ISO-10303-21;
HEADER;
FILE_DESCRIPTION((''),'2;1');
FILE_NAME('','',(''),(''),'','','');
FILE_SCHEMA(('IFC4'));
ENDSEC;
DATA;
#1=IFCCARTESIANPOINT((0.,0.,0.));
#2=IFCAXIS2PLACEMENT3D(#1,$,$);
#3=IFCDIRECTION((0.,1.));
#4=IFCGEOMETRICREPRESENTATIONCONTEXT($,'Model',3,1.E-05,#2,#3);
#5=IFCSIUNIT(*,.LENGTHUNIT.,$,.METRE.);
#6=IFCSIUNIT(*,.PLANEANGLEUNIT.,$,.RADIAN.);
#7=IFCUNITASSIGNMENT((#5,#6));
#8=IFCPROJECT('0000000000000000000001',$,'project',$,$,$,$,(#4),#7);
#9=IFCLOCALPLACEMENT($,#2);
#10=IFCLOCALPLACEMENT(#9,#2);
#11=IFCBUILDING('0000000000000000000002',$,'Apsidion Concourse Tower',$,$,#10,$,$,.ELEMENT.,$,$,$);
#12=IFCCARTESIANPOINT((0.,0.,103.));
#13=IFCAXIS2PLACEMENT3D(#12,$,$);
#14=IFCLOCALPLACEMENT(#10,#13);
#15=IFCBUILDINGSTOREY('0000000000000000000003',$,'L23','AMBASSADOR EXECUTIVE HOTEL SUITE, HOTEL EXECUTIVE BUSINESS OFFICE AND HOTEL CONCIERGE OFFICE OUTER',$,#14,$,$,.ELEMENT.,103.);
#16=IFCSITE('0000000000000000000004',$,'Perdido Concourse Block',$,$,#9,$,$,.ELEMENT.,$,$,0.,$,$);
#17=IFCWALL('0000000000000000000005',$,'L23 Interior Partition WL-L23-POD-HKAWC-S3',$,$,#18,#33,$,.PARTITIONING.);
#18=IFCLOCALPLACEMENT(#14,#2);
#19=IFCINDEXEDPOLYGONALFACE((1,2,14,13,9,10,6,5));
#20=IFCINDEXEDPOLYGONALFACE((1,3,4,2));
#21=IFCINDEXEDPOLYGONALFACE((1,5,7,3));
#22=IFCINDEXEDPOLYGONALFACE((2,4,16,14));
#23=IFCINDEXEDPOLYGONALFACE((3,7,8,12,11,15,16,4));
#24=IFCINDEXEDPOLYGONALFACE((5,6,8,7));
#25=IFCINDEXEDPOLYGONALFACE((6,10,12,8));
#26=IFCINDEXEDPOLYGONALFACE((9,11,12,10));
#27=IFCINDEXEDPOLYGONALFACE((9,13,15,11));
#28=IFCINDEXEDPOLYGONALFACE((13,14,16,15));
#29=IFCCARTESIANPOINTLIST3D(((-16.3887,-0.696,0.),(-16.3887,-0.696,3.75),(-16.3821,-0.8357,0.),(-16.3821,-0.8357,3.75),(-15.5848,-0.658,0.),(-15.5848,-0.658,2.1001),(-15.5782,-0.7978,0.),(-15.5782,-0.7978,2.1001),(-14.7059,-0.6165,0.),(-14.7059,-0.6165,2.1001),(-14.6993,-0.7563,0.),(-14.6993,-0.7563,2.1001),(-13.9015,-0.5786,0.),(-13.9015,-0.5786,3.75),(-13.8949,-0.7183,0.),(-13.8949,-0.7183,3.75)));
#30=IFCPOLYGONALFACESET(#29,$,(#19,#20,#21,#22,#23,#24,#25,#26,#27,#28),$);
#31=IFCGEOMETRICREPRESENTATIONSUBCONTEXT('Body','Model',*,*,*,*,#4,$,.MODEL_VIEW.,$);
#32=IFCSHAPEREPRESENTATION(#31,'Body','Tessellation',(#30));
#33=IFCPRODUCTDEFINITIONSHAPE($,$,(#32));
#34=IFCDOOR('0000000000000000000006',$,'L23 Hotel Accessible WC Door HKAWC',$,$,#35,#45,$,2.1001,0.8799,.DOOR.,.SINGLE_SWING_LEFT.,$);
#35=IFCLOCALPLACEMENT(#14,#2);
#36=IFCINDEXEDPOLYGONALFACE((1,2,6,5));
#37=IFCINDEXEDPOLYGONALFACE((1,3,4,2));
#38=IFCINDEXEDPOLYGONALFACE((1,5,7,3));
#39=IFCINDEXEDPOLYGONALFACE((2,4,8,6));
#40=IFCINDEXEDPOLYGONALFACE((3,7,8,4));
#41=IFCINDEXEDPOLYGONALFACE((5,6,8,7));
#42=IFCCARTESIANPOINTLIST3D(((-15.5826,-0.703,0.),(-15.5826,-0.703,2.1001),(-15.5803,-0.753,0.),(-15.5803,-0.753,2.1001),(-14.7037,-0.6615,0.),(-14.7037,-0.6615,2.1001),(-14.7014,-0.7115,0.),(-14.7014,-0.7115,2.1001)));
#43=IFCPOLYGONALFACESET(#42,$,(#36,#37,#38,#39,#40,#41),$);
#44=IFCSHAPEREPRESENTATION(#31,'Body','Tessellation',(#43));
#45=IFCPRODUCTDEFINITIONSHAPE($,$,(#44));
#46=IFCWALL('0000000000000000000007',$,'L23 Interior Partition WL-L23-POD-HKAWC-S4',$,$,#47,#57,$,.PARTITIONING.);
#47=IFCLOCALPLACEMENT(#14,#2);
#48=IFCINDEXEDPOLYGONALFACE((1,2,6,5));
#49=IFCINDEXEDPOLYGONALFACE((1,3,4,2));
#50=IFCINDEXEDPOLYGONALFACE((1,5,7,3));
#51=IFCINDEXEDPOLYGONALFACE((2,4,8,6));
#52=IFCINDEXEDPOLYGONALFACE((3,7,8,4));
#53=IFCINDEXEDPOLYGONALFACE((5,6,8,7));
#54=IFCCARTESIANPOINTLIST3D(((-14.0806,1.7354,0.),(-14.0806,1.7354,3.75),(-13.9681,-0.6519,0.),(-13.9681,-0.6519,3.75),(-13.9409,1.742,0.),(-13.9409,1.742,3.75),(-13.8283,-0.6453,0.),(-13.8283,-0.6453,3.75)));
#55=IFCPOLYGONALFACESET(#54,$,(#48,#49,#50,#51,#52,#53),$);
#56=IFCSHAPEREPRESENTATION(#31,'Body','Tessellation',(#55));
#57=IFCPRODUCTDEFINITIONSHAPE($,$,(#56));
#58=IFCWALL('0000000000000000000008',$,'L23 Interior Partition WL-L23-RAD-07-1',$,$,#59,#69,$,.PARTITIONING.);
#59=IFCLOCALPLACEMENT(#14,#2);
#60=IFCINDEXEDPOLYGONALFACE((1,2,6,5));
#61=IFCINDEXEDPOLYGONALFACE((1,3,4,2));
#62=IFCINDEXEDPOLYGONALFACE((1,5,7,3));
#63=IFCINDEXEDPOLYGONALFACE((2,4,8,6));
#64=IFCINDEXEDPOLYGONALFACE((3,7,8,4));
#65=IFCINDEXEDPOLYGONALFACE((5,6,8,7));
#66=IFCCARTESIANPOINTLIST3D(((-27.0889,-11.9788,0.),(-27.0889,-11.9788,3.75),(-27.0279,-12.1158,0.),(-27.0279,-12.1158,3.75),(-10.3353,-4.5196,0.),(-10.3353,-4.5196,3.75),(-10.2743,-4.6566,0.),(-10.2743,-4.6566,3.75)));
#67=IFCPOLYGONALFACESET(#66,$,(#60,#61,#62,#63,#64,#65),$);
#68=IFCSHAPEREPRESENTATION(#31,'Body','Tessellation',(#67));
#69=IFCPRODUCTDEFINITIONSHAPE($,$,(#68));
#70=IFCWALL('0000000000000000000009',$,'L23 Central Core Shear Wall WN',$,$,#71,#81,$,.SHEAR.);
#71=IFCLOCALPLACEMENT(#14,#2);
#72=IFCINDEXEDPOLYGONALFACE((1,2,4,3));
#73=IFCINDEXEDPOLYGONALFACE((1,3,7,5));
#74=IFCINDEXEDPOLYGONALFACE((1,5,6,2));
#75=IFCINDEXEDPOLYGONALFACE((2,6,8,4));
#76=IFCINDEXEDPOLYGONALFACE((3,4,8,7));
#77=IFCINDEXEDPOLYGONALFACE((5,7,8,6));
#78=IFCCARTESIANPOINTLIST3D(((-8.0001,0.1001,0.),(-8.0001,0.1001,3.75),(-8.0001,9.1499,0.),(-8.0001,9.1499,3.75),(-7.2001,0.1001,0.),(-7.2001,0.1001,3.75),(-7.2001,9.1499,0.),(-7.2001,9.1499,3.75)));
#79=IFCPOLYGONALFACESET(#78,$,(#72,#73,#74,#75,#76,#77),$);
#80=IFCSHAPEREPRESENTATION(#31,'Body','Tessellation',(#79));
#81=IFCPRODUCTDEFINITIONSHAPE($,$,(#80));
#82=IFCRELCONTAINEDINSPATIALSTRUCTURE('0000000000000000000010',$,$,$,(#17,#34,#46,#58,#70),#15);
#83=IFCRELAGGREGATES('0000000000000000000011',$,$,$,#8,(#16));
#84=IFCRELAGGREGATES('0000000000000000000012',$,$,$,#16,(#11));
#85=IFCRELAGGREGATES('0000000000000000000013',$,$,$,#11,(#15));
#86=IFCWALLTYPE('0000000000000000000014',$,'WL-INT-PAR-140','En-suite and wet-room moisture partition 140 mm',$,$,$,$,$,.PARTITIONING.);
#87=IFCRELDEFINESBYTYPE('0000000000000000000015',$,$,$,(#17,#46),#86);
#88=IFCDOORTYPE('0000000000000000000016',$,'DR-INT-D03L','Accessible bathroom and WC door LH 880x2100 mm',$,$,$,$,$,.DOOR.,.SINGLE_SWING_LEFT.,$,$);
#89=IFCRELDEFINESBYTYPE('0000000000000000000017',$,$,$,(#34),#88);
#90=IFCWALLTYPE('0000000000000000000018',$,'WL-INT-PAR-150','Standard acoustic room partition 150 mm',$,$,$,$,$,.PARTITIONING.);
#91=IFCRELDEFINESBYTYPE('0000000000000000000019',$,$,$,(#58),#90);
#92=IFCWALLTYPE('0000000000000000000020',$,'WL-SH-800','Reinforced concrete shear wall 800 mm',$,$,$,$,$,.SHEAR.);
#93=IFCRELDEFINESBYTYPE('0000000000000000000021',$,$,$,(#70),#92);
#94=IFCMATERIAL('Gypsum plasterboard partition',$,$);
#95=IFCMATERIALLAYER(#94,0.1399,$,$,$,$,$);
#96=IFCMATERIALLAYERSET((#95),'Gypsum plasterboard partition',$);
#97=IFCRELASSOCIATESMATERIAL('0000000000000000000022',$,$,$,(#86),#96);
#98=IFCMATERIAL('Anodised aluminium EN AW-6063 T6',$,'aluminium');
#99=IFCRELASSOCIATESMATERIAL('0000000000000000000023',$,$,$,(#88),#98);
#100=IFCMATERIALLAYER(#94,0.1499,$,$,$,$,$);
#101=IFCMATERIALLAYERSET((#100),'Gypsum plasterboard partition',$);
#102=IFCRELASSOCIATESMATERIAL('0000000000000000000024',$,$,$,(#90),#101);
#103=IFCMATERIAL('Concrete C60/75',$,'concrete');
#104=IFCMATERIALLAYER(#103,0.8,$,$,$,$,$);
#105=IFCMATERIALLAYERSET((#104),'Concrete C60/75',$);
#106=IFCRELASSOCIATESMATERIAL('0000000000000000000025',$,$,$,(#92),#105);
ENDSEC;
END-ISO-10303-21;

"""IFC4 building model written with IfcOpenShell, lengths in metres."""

from ifc_helpers import new_model, si_unit, direction, frame, frame_2d, origin, place, context, subcontext, project, spatial, rectangle, extrude, material, layer, layer_set, type_object, element, fill, save


model = new_model("IFC4")

# Units and contexts
model_context = context("Model", 3, precision=1e-05, world=origin(), true_north=direction((0.0, 1.0)))
body_context = subcontext(model_context, "Body", "Model", "MODEL_VIEW")
ifc_project = project(units=[si_unit("LENGTHUNIT", "METRE"), si_unit("PLANEANGLEUNIT", "RADIAN")], contexts=[model_context])

# Site, building, storey
site_placement = place(None, origin())
site = spatial("IfcSite", under=ifc_project, at=site_placement, Name="Perdido Concourse Block", CompositionType="ELEMENT", RefElevation=0.0)
building_placement = place(site_placement, origin())
building = spatial("IfcBuilding", under=site, at=building_placement, Name="Apsidion Concourse Tower", CompositionType="ELEMENT")
storey_placement = place(building_placement, frame((0.0, 0.0, 103.0)))
storey = spatial("IfcBuildingStorey", under=building, at=storey_placement, Name="L23", Description="AMBASSADOR EXECUTIVE HOTEL SUITE, HOTEL EXECUTIVE BUSINESS OFFICE AND HOTEL CONCIERGE OFFICE OUTER", CompositionType="ELEMENT", Elevation=103.0)

# Wall, opening, door
ifc_material_1 = material(Name="Gypsum plasterboard partition")
ifc_layer_1 = layer(ifc_material_1, 0.1399)
ifc_layer_set_1 = layer_set([ifc_layer_1], Name="Gypsum plasterboard partition")
wall_type_1 = type_object("IfcWallType", Name="WL-INT-PAR-140", Description="En-suite and wet-room moisture partition 140 mm", PredefinedType="PARTITIONING", material=ifc_layer_set_1)
wall_1_placement = place(storey_placement, frame((-16.3855, -0.7659, 0.0), z_axis=(0.0, 0.0, 1.0), x_axis=(0.998887, 0.04716, 0.0)))
wall_1 = element("IfcWall", 1, at=wall_1_placement, inside=storey, type_object=wall_type_1, Name="L23 Interior Partition WL-L23-POD-HKAWC-S3", PredefinedType="PARTITIONING", context=body_context, shape_type="SweptSolid", body=[
    extrude(rectangle(XDim=2.49, YDim=0.1399, at=frame_2d((1.2451, 0.0))), origin(), (0.0, 0.0, 1.0), 3.75),
])
opening_placement = place(wall_1_placement, frame((0.8049, 0.0, 0.0)))
opening = element("IfcOpeningElement", 2, at=opening_placement, cuts=wall_1, PredefinedType="OPENING", context=body_context, shape_type="SweptSolid", body=[
    extrude(rectangle(XDim=0.8799, YDim=2.1001, at=frame_2d((0.4399, 1.05))), frame((0.0, 0.0801, 0.0), z_axis=(0.0, -1.0, 0.0), x_axis=(1.0, 0.0, 0.0)), (0.0, 0.0, 1.0), 0.1599),
])
ifc_material_2 = material(Name="Anodised aluminium EN AW-6063 T6", Category="aluminium")
door_type = type_object("IfcDoorType", Name="DR-INT-D03L", Description="Accessible bathroom and WC door LH 880x2100 mm", OperationType="SINGLE_SWING_LEFT", PredefinedType="DOOR", material=ifc_material_2)
door_placement = place(opening_placement, origin())
door = element("IfcDoor", 3, at=door_placement, inside=storey, type_object=door_type, Name="L23 Hotel Accessible WC Door HKAWC", OperationType="SINGLE_SWING_LEFT", OverallHeight=2.1001, OverallWidth=0.8799, PredefinedType="DOOR", context=body_context, shape_type="SweptSolid", body=[
    extrude(rectangle(XDim=0.8799, YDim=2.1001, at=frame_2d((0.4399, 1.05))), frame((0.0, 0.0249, 0.0), z_axis=(0.0, -1.0, 0.0), x_axis=(1.0, 0.0, 0.0)), (0.0, 0.0, 1.0), 0.05),
])
fill(opening, door)

# Walls
wall_2_placement = place(storey_placement, frame((-13.8982, -0.6484, 0.0), z_axis=(0.0, 0.0, 1.0), x_axis=(-0.047094, 0.99889, 0.0)))
element("IfcWall", 4, at=wall_2_placement, inside=storey, type_object=wall_type_1, Name="L23 Interior Partition WL-L23-POD-HKAWC-S4", PredefinedType="PARTITIONING", context=body_context, shape_type="SweptSolid", body=[
    extrude(rectangle(XDim=2.3899, YDim=0.1399, at=frame_2d((1.1948, 0.0))), origin(), (0.0, 0.0, 1.0), 3.75),
])
ifc_layer_2 = layer(ifc_material_1, 0.1499)
ifc_layer_set_2 = layer_set([ifc_layer_2], Name="Gypsum plasterboard partition")
wall_type_2 = type_object("IfcWallType", Name="WL-INT-PAR-150", Description="Standard acoustic room partition 150 mm", PredefinedType="PARTITIONING", material=ifc_layer_set_2)
wall_3_placement = place(storey_placement, frame((-10.3049, -4.5881, 0.0), z_axis=(0.0, 0.0, 1.0), x_axis=(-0.913545, -0.406737, 0.0)))
element("IfcWall", 5, at=wall_3_placement, inside=storey, type_object=wall_type_2, Name="L23 Interior Partition WL-L23-RAD-07-1", PredefinedType="PARTITIONING", context=body_context, shape_type="SweptSolid", body=[
    extrude(rectangle(XDim=18.3391, YDim=0.1499, at=frame_2d((9.1694, 0.0))), origin(), (0.0, 0.0, 1.0), 3.75),
])
ifc_material_3 = material(Name="Concrete C60/75", Category="concrete")
ifc_layer_3 = layer(ifc_material_3, 0.8)
ifc_layer_set_3 = layer_set([ifc_layer_3], Name="Concrete C60/75")
wall_type_3 = type_object("IfcWallType", Name="WL-SH-800", Description="Reinforced concrete shear wall 800 mm", PredefinedType="SHEAR", material=ifc_layer_set_3)
wall_4_placement = place(storey_placement, frame((-7.6001, 0.1001, 0.0), z_axis=(0.0, 0.0, 1.0), x_axis=(0.0, 1.0, 0.0)))
element("IfcWall", 6, at=wall_4_placement, inside=storey, type_object=wall_type_3, Name="L23 Central Core Shear Wall WN", PredefinedType="SHEAR", context=body_context, shape_type="SweptSolid", body=[
    extrude(rectangle(XDim=9.0498, YDim=0.8, at=frame_2d((4.5249, 0.0))), origin(), (0.0, 0.0, 1.0), 3.75),
])

save(model, "model.ifc")
